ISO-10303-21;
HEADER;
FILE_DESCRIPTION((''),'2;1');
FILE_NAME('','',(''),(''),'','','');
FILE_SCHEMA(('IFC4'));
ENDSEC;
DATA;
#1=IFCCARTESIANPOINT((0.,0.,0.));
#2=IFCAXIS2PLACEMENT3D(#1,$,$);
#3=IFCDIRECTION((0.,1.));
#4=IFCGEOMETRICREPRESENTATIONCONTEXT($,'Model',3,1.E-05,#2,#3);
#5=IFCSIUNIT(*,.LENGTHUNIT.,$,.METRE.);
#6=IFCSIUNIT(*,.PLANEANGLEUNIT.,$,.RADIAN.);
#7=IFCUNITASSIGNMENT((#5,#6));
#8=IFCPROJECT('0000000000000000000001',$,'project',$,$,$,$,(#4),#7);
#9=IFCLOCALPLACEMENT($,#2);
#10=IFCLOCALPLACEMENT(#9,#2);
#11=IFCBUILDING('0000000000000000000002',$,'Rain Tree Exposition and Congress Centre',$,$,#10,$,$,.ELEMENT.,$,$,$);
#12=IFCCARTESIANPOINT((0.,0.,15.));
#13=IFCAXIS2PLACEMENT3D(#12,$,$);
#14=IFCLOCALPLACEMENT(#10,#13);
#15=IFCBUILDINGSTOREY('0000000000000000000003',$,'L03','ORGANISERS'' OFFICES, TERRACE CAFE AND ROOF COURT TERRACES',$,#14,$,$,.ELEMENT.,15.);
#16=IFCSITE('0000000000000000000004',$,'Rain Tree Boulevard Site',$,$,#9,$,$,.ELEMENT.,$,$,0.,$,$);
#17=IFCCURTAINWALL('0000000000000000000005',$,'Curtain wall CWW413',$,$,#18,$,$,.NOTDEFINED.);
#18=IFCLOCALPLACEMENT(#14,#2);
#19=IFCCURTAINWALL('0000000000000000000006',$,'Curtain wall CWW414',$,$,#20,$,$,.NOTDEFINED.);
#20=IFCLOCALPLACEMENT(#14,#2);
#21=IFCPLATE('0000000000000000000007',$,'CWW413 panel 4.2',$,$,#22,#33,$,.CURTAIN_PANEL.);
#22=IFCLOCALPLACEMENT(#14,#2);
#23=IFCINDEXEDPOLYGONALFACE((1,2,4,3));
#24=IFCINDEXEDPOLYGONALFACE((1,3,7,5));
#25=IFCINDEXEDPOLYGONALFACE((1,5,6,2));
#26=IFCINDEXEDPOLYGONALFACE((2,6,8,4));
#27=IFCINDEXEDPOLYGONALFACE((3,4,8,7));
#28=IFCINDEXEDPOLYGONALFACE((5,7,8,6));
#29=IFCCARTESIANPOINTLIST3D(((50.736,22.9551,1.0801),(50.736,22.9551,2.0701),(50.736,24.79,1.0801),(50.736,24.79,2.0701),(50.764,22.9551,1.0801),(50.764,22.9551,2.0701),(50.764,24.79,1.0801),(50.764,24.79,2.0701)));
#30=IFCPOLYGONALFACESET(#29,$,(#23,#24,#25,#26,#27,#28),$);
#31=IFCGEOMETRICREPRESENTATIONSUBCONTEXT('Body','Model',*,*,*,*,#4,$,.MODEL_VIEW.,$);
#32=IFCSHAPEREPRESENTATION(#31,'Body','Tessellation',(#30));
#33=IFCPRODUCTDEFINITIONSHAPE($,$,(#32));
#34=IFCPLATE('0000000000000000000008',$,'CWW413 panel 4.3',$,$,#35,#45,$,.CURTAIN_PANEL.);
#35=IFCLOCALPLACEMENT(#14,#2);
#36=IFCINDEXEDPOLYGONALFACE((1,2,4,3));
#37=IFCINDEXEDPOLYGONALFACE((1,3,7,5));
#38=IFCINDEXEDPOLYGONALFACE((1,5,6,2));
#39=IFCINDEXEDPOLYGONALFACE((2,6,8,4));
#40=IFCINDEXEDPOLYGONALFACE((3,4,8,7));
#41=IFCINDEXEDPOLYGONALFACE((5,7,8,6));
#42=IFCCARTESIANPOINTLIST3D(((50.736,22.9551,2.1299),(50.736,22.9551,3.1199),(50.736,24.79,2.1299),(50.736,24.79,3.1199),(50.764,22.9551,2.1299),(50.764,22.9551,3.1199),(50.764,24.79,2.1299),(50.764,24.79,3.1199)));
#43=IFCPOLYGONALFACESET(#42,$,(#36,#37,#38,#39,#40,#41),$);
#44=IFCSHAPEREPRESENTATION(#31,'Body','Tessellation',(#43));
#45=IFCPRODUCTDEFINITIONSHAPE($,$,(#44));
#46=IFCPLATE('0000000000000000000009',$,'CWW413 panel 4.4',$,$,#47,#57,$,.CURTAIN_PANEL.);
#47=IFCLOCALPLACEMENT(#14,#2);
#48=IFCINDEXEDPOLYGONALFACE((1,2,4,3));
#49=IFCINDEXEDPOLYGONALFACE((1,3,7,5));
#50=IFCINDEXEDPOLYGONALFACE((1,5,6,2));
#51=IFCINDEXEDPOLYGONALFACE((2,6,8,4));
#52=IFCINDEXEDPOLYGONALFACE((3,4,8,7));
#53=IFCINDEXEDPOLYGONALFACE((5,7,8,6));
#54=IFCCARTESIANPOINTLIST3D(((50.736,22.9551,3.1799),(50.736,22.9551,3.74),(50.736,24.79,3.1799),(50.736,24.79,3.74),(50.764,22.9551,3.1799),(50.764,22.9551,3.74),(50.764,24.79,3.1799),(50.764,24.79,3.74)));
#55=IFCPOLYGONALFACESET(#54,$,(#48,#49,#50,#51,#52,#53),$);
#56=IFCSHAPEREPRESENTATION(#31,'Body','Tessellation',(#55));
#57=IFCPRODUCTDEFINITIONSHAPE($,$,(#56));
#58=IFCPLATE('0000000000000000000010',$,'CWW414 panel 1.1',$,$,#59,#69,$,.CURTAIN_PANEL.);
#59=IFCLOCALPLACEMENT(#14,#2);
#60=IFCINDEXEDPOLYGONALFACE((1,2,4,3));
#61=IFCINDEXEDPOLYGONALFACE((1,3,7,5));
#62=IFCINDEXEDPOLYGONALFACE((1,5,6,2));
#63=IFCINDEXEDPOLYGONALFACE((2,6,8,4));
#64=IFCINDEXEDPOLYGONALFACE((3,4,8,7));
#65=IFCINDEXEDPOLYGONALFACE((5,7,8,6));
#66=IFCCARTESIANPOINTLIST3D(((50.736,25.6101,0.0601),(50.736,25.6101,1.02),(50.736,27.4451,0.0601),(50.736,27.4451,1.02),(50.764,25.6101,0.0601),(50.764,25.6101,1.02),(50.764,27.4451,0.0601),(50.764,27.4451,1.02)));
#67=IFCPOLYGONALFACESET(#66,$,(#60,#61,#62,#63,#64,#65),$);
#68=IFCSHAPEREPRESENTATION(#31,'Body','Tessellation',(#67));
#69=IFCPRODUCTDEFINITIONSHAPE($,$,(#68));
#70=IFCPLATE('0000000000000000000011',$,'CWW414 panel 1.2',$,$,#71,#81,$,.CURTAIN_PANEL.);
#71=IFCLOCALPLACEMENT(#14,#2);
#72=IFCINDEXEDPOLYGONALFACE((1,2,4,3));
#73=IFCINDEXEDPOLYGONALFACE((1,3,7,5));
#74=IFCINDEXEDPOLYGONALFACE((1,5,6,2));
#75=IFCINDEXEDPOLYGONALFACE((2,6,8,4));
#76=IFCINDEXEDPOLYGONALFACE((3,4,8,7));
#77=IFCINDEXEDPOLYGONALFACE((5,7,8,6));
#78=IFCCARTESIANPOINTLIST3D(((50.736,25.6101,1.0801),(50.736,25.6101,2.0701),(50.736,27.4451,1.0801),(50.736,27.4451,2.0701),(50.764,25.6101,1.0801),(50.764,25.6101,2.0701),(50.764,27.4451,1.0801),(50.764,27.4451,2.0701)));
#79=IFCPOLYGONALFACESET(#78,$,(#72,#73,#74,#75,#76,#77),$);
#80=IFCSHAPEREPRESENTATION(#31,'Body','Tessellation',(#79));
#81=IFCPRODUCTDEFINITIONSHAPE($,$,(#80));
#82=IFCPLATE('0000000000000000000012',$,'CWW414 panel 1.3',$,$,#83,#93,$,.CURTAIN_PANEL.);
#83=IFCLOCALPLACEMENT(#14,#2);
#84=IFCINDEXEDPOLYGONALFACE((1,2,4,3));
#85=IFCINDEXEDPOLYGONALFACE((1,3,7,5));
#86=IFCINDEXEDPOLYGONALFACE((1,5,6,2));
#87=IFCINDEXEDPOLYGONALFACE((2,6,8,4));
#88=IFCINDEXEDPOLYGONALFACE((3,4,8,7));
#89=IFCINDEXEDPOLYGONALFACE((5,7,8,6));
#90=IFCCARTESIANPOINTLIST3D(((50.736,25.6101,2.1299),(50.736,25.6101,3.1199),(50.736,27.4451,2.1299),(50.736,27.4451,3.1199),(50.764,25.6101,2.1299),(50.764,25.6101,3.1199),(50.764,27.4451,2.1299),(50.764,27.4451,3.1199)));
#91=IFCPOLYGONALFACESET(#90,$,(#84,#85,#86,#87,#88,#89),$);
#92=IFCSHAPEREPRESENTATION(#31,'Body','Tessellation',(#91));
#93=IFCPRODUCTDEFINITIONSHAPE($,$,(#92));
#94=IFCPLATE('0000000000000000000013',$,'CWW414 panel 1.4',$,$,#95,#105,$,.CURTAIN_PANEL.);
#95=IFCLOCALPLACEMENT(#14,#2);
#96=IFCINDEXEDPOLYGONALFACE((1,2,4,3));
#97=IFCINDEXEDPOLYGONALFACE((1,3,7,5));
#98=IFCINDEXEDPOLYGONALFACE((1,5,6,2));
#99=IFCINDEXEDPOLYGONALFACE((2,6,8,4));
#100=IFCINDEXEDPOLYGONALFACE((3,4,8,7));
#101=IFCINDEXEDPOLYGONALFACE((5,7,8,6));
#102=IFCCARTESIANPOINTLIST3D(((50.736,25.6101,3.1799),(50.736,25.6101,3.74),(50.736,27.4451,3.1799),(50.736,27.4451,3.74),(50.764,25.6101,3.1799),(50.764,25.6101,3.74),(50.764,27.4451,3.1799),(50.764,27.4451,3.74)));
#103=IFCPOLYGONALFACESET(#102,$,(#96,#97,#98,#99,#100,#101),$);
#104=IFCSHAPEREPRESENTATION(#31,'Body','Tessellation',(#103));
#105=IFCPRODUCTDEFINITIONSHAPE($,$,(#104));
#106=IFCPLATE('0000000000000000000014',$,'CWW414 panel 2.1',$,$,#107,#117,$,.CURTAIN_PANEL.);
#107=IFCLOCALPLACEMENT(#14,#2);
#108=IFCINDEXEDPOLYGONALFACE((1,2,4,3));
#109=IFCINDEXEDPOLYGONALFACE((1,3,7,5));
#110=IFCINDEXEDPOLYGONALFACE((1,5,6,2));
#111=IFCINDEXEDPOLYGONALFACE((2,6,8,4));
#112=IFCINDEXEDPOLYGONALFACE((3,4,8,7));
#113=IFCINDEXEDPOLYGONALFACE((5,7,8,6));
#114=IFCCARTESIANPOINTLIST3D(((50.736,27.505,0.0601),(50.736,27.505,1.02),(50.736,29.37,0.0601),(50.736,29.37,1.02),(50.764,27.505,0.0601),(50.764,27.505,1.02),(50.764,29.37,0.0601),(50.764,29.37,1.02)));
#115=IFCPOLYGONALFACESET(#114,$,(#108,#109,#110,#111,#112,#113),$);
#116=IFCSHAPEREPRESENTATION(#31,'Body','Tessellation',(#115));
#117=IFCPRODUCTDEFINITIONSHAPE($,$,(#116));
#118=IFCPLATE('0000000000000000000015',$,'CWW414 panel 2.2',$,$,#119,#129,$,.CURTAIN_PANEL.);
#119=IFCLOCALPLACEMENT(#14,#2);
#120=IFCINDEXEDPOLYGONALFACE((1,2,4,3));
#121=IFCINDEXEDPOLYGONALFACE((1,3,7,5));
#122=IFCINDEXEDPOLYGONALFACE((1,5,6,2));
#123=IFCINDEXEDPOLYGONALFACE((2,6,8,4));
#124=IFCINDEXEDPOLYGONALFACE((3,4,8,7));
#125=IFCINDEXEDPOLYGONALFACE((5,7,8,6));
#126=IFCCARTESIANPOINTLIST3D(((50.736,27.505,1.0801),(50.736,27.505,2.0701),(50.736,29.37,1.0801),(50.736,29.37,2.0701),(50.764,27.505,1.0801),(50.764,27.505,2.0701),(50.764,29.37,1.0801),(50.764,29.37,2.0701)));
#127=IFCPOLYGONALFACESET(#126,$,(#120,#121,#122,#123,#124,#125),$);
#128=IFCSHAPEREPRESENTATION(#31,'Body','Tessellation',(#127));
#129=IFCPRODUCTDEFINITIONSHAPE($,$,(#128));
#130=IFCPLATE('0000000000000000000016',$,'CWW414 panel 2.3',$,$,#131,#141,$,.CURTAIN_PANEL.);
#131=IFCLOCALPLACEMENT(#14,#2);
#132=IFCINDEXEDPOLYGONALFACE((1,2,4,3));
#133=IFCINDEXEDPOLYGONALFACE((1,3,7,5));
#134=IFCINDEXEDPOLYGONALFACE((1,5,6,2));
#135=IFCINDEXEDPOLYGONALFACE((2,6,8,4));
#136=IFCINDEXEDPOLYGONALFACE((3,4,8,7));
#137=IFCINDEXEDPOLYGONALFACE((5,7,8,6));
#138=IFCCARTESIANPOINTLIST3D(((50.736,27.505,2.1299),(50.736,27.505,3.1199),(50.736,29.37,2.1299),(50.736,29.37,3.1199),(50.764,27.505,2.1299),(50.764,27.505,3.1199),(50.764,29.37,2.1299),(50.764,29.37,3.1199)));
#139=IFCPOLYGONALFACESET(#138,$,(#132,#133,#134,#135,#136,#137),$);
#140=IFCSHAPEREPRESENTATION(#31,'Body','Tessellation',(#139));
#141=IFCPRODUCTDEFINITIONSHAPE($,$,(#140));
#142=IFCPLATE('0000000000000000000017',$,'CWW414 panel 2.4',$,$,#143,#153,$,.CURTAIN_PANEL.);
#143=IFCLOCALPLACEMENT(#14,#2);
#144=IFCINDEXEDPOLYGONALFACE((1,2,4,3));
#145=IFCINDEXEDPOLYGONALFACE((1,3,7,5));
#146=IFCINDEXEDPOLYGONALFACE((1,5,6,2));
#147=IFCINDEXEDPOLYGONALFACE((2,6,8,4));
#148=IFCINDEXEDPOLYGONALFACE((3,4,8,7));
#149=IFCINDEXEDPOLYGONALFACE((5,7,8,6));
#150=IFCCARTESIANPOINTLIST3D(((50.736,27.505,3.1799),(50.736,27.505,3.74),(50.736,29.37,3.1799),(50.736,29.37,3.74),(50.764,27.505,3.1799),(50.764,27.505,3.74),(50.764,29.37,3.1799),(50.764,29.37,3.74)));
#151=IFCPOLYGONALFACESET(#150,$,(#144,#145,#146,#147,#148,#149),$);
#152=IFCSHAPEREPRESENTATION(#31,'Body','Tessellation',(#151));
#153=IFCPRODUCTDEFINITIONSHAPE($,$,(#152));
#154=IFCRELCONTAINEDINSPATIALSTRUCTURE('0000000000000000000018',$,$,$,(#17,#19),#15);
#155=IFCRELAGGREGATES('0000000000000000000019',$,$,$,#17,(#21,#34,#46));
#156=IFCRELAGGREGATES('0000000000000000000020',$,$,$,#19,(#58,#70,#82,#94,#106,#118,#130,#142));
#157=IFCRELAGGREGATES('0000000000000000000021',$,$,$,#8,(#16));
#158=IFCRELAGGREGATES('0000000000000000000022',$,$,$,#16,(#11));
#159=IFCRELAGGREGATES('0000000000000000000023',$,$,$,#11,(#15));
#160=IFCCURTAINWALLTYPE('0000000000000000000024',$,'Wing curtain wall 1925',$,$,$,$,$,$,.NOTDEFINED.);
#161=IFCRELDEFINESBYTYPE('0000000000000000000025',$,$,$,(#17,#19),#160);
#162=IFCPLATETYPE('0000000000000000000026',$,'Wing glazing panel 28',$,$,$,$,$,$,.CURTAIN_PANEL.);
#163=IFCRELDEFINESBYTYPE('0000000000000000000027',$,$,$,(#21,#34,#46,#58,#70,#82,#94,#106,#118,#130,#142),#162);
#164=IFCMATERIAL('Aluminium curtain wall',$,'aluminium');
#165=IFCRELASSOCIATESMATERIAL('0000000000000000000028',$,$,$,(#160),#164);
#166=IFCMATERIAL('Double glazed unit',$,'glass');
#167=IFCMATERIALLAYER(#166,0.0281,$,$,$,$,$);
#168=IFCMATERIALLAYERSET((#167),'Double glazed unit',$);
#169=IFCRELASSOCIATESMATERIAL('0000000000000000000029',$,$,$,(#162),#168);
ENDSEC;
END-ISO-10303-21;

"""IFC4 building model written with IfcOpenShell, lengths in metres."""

from ifc_helpers import new_model, si_unit, direction, frame, origin, origin_2d, place, context, subcontext, project, spatial, rectangle, extrude, material, layer, layer_set, type_object, element, aggregate, save


model = new_model("IFC4")

# Units and contexts
model_context = context("Model", 3, precision=1e-05, world=origin(), true_north=direction((0.0, 1.0)))
body_context = subcontext(model_context, "Body", "Model", "MODEL_VIEW")
ifc_project = project(units=[si_unit("LENGTHUNIT", "METRE"), si_unit("PLANEANGLEUNIT", "RADIAN")], contexts=[model_context])

# Site, building, storey
site_placement = place(None, origin())
site = spatial("IfcSite", under=ifc_project, at=site_placement, Name="Rain Tree Boulevard Site", CompositionType="ELEMENT", RefElevation=0.0)
building_placement = place(site_placement, origin())
building = spatial("IfcBuilding", under=site, at=building_placement, Name="Rain Tree Exposition and Congress Centre", CompositionType="ELEMENT")
storey_placement = place(building_placement, frame((0.0, 0.0, 15.0)))
storey = spatial("IfcBuildingStorey", under=building, at=storey_placement, Name="L03", Description="ORGANISERS' OFFICES, TERRACE CAFE AND ROOF COURT TERRACES", CompositionType="ELEMENT", Elevation=15.0)

# Curtain wall
ifc_material_1 = material(Name="Aluminium curtain wall", Category="aluminium")
curtain_wall_type = type_object("IfcCurtainWallType", Name="Wing curtain wall 1925", PredefinedType="NOTDEFINED", material=ifc_material_1)
curtain_wall_1_placement = place(storey_placement, origin())
curtain_wall_1 = element("IfcCurtainWall", 1, at=curtain_wall_1_placement, inside=storey, type_object=curtain_wall_type, Name="Curtain wall CWW413", PredefinedType="NOTDEFINED")

# Curtain wall
curtain_wall_2_placement = place(storey_placement, origin())
curtain_wall_2 = element("IfcCurtainWall", 2, at=curtain_wall_2_placement, inside=storey, type_object=curtain_wall_type, Name="Curtain wall CWW414", PredefinedType="NOTDEFINED")

# Plates
ifc_material_2 = material(Name="Double glazed unit", Category="glass")
ifc_layer = layer(ifc_material_2, 0.0281)
ifc_layer_set = layer_set([ifc_layer], Name="Double glazed unit")
plate_type = type_object("IfcPlateType", Name="Wing glazing panel 28", PredefinedType="CURTAIN_PANEL", material=ifc_layer_set)
plate_1_placement = place(storey_placement, frame((50.75, 23.8726, 1.0801), z_axis=(0.0, 0.0, 1.0), x_axis=(0.0, 1.0, 0.0)))
plate_1 = element("IfcPlate", 3, at=plate_1_placement, type_object=plate_type, Name="CWW413 panel 4.2", PredefinedType="CURTAIN_PANEL", context=body_context, shape_type="SweptSolid", body=[
    extrude(rectangle(XDim=1.835, YDim=0.0281, at=origin_2d()), origin(), (0.0, 0.0, 1.0), 0.99),
])
plate_2_placement = place(storey_placement, frame((50.75, 23.8726, 2.1299), z_axis=(0.0, 0.0, 1.0), x_axis=(0.0, 1.0, 0.0)))
plate_2 = element("IfcPlate", 4, at=plate_2_placement, type_object=plate_type, Name="CWW413 panel 4.3", PredefinedType="CURTAIN_PANEL", context=body_context, shape_type="SweptSolid", body=[
    extrude(rectangle(XDim=1.835, YDim=0.0281, at=origin_2d()), origin(), (0.0, 0.0, 1.0), 0.99),
])
plate_3_placement = place(storey_placement, frame((50.75, 23.8726, 3.1799), z_axis=(0.0, 0.0, 1.0), x_axis=(0.0, 1.0, 0.0)))
plate_3 = element("IfcPlate", 5, at=plate_3_placement, type_object=plate_type, Name="CWW413 panel 4.4", PredefinedType="CURTAIN_PANEL", context=body_context, shape_type="SweptSolid", body=[
    extrude(rectangle(XDim=1.835, YDim=0.0281, at=origin_2d()), origin(), (0.0, 0.0, 1.0), 0.5601),
])
aggregate(curtain_wall_1, [plate_1, plate_2, plate_3])
plate_4_placement = place(storey_placement, frame((50.75, 26.5276, 0.0601), z_axis=(0.0, 0.0, 1.0), x_axis=(0.0, 1.0, 0.0)))
plate_4 = element("IfcPlate", 6, at=plate_4_placement, type_object=plate_type, Name="CWW414 panel 1.1", PredefinedType="CURTAIN_PANEL", context=body_context, shape_type="SweptSolid", body=[
    extrude(rectangle(XDim=1.835, YDim=0.0281, at=origin_2d()), origin(), (0.0, 0.0, 1.0), 0.96),
])
plate_5_placement = place(storey_placement, frame((50.75, 26.5276, 1.0801), z_axis=(0.0, 0.0, 1.0), x_axis=(0.0, 1.0, 0.0)))
plate_5 = element("IfcPlate", 7, at=plate_5_placement, type_object=plate_type, Name="CWW414 panel 1.2", PredefinedType="CURTAIN_PANEL", context=body_context, shape_type="SweptSolid", body=[
    extrude(rectangle(XDim=1.835, YDim=0.0281, at=origin_2d()), origin(), (0.0, 0.0, 1.0), 0.99),
])
plate_6_placement = place(storey_placement, frame((50.75, 26.5276, 2.1299), z_axis=(0.0, 0.0, 1.0), x_axis=(0.0, 1.0, 0.0)))
plate_6 = element("IfcPlate", 8, at=plate_6_placement, type_object=plate_type, Name="CWW414 panel 1.3", PredefinedType="CURTAIN_PANEL", context=body_context, shape_type="SweptSolid", body=[
    extrude(rectangle(XDim=1.835, YDim=0.0281, at=origin_2d()), origin(), (0.0, 0.0, 1.0), 0.99),
])
plate_7_placement = place(storey_placement, frame((50.75, 26.5276, 3.1799), z_axis=(0.0, 0.0, 1.0), x_axis=(0.0, 1.0, 0.0)))
plate_7 = element("IfcPlate", 9, at=plate_7_placement, type_object=plate_type, Name="CWW414 panel 1.4", PredefinedType="CURTAIN_PANEL", context=body_context, shape_type="SweptSolid", body=[
    extrude(rectangle(XDim=1.835, YDim=0.0281, at=origin_2d()), origin(), (0.0, 0.0, 1.0), 0.5601),
])
plate_8_placement = place(storey_placement, frame((50.75, 28.4375, 0.0601), z_axis=(0.0, 0.0, 1.0), x_axis=(0.0, 1.0, 0.0)))
plate_8 = element("IfcPlate", 10, at=plate_8_placement, type_object=plate_type, Name="CWW414 panel 2.1", PredefinedType="CURTAIN_PANEL", context=body_context, shape_type="SweptSolid", body=[
    extrude(rectangle(XDim=1.865, YDim=0.0281, at=origin_2d()), origin(), (0.0, 0.0, 1.0), 0.96),
])
plate_9_placement = place(storey_placement, frame((50.75, 28.4375, 1.0801), z_axis=(0.0, 0.0, 1.0), x_axis=(0.0, 1.0, 0.0)))
plate_9 = element("IfcPlate", 11, at=plate_9_placement, type_object=plate_type, Name="CWW414 panel 2.2", PredefinedType="CURTAIN_PANEL", context=body_context, shape_type="SweptSolid", body=[
    extrude(rectangle(XDim=1.865, YDim=0.0281, at=origin_2d()), origin(), (0.0, 0.0, 1.0), 0.99),
])
plate_10_placement = place(storey_placement, frame((50.75, 28.4375, 2.1299), z_axis=(0.0, 0.0, 1.0), x_axis=(0.0, 1.0, 0.0)))
plate_10 = element("IfcPlate", 12, at=plate_10_placement, type_object=plate_type, Name="CWW414 panel 2.3", PredefinedType="CURTAIN_PANEL", context=body_context, shape_type="SweptSolid", body=[
    extrude(rectangle(XDim=1.865, YDim=0.0281, at=origin_2d()), origin(), (0.0, 0.0, 1.0), 0.99),
])
plate_11_placement = place(storey_placement, frame((50.75, 28.4375, 3.1799), z_axis=(0.0, 0.0, 1.0), x_axis=(0.0, 1.0, 0.0)))
plate_11 = element("IfcPlate", 13, at=plate_11_placement, type_object=plate_type, Name="CWW414 panel 2.4", PredefinedType="CURTAIN_PANEL", context=body_context, shape_type="SweptSolid", body=[
    extrude(rectangle(XDim=1.865, YDim=0.0281, at=origin_2d()), origin(), (0.0, 0.0, 1.0), 0.5601),
])
aggregate(curtain_wall_2, [plate_4, plate_5, plate_6, plate_7, plate_8, plate_9, plate_10, plate_11])

save(model, "model.ifc")
